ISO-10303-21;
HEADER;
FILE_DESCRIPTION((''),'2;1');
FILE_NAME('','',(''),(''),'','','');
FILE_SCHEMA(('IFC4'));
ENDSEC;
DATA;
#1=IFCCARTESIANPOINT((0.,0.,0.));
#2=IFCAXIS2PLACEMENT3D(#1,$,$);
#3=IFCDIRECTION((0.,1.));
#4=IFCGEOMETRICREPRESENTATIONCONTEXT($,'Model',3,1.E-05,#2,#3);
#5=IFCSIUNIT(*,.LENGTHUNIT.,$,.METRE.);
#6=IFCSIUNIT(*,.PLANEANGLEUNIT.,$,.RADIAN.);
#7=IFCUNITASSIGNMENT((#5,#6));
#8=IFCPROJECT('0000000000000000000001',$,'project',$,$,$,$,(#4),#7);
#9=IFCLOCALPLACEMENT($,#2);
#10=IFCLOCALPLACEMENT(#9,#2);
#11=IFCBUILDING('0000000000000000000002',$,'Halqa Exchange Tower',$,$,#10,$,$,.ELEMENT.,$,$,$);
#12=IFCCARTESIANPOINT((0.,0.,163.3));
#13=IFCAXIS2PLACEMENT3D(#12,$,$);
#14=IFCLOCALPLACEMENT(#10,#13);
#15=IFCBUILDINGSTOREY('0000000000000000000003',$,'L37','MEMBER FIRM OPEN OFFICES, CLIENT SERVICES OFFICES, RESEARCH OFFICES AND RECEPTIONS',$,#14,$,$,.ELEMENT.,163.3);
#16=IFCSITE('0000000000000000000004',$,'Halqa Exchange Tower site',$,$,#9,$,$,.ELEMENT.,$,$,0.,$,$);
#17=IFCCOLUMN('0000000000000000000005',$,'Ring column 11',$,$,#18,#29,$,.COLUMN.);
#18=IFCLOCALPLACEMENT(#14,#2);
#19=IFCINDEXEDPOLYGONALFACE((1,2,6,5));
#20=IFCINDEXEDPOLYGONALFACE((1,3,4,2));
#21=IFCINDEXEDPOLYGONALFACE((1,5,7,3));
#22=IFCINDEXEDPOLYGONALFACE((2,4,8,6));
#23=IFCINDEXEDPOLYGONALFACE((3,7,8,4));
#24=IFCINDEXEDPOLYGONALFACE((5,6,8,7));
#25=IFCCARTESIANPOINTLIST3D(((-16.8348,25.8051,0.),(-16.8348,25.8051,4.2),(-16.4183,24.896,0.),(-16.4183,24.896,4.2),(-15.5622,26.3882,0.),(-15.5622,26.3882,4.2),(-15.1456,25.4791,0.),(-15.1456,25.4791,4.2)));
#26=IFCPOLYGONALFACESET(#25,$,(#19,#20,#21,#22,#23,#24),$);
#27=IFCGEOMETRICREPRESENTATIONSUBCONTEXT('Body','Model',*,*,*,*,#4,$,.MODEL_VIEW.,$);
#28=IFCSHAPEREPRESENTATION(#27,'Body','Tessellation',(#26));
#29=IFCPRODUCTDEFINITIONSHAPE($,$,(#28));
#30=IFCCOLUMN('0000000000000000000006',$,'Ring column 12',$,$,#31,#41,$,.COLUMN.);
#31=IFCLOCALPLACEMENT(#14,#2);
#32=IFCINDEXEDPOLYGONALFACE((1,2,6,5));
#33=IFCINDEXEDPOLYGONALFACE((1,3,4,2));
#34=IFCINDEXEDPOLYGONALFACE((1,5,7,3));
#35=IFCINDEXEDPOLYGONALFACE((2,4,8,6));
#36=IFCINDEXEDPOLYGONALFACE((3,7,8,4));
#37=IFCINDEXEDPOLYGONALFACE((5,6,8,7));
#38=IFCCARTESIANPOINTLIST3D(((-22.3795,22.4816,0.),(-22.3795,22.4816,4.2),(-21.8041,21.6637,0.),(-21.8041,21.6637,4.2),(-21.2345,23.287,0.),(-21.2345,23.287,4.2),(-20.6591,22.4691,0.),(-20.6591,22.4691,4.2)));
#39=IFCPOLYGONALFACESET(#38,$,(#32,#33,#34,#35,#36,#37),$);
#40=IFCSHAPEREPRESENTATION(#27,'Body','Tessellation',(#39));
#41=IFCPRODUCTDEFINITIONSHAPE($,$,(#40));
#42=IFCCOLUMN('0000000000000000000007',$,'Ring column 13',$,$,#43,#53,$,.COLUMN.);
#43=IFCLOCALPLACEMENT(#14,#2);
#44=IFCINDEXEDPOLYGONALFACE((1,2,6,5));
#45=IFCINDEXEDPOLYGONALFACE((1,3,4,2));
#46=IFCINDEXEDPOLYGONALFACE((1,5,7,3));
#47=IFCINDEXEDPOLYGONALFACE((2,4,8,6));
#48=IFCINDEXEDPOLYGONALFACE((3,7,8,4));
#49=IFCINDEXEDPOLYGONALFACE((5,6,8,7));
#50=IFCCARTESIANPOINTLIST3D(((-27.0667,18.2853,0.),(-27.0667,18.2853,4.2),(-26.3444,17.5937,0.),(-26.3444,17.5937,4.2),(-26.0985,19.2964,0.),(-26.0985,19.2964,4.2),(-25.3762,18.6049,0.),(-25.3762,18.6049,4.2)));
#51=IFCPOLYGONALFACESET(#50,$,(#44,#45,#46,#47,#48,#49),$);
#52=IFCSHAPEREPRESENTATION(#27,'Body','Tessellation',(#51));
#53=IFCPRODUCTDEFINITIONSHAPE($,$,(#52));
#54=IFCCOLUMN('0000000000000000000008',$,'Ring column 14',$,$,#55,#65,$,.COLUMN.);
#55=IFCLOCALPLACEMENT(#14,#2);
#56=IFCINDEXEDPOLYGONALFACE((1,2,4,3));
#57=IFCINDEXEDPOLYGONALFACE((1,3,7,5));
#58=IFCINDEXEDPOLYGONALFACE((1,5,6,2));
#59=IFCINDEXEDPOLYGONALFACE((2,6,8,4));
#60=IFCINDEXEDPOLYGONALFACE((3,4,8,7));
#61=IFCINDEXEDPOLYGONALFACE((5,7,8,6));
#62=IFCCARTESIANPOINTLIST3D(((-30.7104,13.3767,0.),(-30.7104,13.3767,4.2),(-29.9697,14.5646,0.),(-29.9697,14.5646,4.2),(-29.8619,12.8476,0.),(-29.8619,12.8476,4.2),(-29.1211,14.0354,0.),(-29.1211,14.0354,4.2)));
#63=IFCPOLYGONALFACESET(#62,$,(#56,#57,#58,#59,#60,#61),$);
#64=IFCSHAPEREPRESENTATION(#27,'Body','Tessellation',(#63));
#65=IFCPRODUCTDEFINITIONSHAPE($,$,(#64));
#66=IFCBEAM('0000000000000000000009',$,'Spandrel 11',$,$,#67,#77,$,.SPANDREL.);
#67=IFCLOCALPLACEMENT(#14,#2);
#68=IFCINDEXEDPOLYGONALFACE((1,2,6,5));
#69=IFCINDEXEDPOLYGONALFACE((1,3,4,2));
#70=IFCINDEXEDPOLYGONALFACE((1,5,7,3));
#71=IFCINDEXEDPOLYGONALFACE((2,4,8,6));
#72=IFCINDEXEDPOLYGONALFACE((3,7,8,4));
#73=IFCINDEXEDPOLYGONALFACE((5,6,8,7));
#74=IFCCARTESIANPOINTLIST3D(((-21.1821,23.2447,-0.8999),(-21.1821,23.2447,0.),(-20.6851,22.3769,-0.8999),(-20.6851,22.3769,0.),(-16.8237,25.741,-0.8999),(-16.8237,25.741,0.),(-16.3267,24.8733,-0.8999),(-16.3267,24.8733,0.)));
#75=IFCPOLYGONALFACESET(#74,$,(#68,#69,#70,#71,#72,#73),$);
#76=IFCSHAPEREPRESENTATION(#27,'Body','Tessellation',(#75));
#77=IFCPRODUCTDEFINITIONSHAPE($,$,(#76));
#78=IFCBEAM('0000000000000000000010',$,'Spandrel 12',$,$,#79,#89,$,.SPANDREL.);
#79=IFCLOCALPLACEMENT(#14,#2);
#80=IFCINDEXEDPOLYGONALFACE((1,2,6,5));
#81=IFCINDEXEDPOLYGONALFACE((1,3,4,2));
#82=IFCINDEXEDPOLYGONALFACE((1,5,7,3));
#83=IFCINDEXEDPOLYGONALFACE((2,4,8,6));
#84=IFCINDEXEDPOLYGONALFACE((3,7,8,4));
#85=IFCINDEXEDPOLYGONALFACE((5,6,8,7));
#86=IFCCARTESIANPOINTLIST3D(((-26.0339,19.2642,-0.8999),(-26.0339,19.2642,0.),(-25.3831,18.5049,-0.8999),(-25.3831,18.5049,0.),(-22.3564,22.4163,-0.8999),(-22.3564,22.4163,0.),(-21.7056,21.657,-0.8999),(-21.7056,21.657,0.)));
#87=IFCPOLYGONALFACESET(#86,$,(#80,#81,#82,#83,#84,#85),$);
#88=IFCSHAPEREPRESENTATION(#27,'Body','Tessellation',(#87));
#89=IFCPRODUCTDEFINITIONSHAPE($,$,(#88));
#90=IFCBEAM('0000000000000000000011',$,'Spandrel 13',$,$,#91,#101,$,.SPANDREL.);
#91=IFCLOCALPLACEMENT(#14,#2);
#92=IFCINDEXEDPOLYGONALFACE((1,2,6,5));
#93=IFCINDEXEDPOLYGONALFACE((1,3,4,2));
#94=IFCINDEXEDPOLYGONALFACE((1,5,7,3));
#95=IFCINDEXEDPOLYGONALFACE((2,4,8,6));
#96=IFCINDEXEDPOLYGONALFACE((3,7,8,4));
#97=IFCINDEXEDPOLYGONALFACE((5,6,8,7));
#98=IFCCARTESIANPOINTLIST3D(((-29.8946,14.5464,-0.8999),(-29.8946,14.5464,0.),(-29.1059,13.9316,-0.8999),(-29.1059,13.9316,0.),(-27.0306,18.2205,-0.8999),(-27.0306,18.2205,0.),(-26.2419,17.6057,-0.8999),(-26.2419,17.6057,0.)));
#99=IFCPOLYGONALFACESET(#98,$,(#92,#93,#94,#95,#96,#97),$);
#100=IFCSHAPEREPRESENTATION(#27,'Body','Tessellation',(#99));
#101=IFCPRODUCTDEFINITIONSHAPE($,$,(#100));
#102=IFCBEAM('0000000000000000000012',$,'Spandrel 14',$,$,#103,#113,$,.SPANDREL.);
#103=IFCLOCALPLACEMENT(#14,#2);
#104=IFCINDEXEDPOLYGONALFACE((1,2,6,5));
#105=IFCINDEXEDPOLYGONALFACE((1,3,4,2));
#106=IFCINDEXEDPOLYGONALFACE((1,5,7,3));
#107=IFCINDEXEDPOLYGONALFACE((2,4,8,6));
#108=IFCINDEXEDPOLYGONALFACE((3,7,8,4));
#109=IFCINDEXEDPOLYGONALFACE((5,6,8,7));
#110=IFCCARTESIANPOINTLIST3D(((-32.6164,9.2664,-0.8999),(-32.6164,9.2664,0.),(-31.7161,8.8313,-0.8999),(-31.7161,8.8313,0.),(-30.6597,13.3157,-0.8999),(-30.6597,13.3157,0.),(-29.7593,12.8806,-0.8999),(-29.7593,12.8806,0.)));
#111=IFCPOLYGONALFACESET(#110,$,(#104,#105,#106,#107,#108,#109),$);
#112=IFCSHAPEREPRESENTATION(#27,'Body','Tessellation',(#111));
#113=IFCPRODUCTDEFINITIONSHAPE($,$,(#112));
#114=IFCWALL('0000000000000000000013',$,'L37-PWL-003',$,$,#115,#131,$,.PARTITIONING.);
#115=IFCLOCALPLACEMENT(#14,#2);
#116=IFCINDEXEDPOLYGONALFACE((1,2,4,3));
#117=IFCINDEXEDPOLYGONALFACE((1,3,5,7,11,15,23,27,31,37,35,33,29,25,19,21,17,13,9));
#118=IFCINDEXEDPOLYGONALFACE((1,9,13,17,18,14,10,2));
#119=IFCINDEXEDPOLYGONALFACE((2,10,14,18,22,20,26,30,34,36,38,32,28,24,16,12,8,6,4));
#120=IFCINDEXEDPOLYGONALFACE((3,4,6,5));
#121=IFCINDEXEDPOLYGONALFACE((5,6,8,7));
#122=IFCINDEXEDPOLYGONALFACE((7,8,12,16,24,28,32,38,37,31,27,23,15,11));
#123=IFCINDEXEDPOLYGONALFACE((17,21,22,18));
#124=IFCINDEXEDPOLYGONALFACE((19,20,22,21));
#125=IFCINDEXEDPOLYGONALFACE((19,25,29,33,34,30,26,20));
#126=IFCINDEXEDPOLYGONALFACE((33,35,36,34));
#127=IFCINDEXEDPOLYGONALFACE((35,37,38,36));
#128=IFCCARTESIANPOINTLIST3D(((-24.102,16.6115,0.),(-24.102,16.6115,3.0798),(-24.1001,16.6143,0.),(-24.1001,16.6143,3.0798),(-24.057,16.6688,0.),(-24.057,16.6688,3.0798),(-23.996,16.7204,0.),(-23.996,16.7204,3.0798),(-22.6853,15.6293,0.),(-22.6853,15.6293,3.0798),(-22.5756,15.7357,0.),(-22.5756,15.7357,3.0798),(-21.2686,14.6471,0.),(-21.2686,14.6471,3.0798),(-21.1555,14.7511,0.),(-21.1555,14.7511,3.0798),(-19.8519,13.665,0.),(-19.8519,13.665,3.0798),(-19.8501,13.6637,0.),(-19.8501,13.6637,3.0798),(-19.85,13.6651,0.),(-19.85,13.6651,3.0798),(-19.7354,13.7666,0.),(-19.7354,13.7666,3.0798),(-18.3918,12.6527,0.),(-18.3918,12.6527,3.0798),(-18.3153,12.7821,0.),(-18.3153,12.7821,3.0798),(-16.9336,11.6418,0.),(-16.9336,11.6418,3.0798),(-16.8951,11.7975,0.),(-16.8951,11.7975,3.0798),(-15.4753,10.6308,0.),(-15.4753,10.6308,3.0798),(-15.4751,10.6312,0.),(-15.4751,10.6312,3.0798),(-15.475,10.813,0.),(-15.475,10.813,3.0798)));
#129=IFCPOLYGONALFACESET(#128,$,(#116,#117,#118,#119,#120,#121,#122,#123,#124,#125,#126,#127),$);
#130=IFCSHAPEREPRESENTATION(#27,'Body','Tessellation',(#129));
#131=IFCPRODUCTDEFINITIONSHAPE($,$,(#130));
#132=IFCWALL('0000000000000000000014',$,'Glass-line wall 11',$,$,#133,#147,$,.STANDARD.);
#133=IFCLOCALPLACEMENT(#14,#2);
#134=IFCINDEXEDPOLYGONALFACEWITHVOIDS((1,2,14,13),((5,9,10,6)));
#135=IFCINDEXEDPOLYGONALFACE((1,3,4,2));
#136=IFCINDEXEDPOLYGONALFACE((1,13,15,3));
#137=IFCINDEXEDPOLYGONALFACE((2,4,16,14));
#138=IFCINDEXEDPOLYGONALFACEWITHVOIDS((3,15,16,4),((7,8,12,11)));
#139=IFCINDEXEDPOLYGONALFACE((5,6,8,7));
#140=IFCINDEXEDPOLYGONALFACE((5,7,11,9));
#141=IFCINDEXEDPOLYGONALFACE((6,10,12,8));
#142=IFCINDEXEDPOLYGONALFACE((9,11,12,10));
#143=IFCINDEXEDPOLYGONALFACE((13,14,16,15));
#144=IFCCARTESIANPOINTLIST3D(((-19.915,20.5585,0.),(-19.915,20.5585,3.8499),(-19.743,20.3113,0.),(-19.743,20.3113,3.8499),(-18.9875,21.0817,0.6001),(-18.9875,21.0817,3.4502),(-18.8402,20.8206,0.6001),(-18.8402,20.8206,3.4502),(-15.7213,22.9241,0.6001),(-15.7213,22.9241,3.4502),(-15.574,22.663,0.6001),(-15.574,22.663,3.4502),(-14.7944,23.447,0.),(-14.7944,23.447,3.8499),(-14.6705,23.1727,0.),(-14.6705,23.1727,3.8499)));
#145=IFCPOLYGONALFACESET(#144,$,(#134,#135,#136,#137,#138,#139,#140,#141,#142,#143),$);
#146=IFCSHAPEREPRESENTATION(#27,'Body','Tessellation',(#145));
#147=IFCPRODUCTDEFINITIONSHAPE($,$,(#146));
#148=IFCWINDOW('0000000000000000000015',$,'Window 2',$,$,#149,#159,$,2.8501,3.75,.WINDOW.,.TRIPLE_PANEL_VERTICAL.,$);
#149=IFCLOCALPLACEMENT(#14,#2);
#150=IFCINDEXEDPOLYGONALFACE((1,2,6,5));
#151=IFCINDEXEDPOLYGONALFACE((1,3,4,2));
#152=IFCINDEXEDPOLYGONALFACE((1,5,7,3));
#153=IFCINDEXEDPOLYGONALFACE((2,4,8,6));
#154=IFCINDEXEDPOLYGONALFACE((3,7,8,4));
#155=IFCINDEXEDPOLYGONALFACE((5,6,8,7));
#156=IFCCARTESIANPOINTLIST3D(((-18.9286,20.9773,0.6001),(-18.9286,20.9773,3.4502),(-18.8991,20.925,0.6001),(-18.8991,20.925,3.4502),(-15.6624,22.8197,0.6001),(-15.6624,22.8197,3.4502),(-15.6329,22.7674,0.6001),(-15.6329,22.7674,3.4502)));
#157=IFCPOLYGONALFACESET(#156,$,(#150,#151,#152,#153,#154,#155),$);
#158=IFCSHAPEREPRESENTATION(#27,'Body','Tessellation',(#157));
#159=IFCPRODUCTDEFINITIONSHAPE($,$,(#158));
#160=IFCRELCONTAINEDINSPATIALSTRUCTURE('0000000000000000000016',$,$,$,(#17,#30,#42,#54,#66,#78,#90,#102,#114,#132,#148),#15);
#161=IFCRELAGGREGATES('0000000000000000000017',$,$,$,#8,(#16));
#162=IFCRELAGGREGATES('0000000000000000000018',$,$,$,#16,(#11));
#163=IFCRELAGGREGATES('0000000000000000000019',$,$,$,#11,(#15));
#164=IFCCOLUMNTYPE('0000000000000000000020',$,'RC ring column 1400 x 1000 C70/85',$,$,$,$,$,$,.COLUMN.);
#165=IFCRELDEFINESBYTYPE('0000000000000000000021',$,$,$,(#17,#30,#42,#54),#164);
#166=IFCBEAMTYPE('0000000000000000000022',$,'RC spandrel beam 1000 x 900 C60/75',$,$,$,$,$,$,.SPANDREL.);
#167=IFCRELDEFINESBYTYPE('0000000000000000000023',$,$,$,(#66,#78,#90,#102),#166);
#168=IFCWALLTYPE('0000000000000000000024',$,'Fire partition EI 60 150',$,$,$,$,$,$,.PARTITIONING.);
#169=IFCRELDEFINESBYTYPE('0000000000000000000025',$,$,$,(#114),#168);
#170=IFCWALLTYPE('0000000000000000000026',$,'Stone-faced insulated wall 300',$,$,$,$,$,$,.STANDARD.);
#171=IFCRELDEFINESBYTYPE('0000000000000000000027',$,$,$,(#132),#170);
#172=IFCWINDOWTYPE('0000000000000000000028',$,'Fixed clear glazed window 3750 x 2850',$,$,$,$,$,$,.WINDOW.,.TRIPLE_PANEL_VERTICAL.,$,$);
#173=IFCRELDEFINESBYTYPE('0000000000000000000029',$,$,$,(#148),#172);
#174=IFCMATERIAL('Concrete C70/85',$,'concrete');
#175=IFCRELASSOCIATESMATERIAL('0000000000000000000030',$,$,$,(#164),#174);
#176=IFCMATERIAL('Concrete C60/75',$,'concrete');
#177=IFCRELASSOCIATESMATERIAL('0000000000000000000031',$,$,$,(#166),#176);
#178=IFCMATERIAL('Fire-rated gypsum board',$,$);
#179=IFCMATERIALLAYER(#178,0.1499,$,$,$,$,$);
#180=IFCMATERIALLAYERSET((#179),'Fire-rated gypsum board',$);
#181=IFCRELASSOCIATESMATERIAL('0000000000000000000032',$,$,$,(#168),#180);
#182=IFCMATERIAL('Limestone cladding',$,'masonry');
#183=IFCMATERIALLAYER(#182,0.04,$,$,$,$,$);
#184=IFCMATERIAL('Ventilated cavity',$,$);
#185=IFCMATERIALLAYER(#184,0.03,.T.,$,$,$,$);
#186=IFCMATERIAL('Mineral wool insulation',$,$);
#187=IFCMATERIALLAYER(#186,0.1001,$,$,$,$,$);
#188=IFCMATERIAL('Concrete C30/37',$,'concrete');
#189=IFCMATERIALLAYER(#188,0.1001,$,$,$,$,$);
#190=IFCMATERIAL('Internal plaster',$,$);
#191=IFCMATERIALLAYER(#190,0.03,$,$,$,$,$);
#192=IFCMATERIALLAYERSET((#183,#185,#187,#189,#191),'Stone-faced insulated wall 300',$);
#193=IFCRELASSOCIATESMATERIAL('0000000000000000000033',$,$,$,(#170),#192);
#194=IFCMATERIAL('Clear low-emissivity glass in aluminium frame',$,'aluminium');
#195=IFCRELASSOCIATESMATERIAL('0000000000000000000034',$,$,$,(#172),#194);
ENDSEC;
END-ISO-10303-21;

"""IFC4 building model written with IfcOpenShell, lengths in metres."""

from ifc_helpers import new_model, si_unit, direction, frame, frame_2d, origin, origin_2d, place, context, subcontext, project, spatial, polyline, rectangle, outline, extrude, material, layer, layer_set, material_profile, profile_set, type_object, element, fill, save


model = new_model("IFC4")

# Units and contexts
model_context = context("Model", 3, precision=1e-05, world=origin(), true_north=direction((0.0, 1.0)))
body_context = subcontext(model_context, "Body", "Model", "MODEL_VIEW")
ifc_project = project(units=[si_unit("LENGTHUNIT", "METRE"), si_unit("PLANEANGLEUNIT", "RADIAN")], contexts=[model_context])

# Site, building, storey
site_placement = place(None, origin())
site = spatial("IfcSite", under=ifc_project, at=site_placement, Name="Halqa Exchange Tower site", CompositionType="ELEMENT", RefElevation=0.0)
building_placement = place(site_placement, origin())
building = spatial("IfcBuilding", under=site, at=building_placement, Name="Halqa Exchange Tower", CompositionType="ELEMENT")
storey_placement = place(building_placement, frame((0.0, 0.0, 163.3)))
storey = spatial("IfcBuildingStorey", under=building, at=storey_placement, Name="L37", Description="MEMBER FIRM OPEN OFFICES, CLIENT SERVICES OFFICES, RESEARCH OFFICES AND RECEPTIONS", CompositionType="ELEMENT", Elevation=163.3)

# Columns
ifc_material_1 = material(Name="Concrete C70/85", Category="concrete")
ifc_material_profile_1 = material_profile(ifc_material_1, rectangle(XDim=1.3999, YDim=1.0, at=origin_2d()), Name="1400 x 1000")
ifc_profile_set_1 = profile_set([ifc_material_profile_1], Name="Concrete C70/85")
column_type = type_object("IfcColumnType", Name="RC ring column 1400 x 1000 C70/85", PredefinedType="COLUMN", material=ifc_profile_set_1)
for number, where, z_axis, x_axis, name in (
    (1, (-15.9902, 25.6421, 0.0), (0.0, 0.0, 1.0), (-0.909126, -0.41652, 0.0), "Ring column 11"),
    (2, (-21.5193, 22.4753, 0.0), (0.0, 0.0, 1.0), (-0.817911, -0.575345, 0.0), "Ring column 12"),
    (3, (-26.2214, 18.4451, 0.0), (0.0, 0.0, 1.0), (-0.691579, -0.722301, 0.0), "Ring column 13"),
    (4, (-29.9158, 13.7061, 0.0), (0.0, 0.0, 1.0), (-0.529143, -0.848532, 0.0), "Ring column 14"),
):
    element("IfcColumn", number, at=place(storey_placement, frame(where, z_axis=z_axis, x_axis=x_axis)), inside=storey, type_object=column_type, Name=name, PredefinedType="COLUMN", context=body_context, shape_type="SweptSolid", body=[
        extrude(rectangle(XDim=1.3999, YDim=1.0, at=origin_2d()), origin(), (0.0, 0.0, 1.0), 4.2),
    ])

# Beams
ifc_material_2 = material(Name="Concrete C60/75", Category="concrete")
ifc_material_profile_2 = material_profile(ifc_material_2, rectangle(XDim=1.0, YDim=0.8999, at=origin_2d()), Name="1000 x 900")
ifc_profile_set_2 = profile_set([ifc_material_profile_2], Name="Concrete C60/75")
beam_type = type_object("IfcBeamType", Name="RC spandrel beam 1000 x 900 C60/75", PredefinedType="SPANDREL", material=ifc_profile_set_2)
beam_1_placement = place(storey_placement, frame((-16.5752, 25.3071, -0.45), z_axis=(-0.867743, -0.497013, 0.0), x_axis=(0.497013, -0.867743, 0.0)))
element("IfcBeam", 5, at=beam_1_placement, inside=storey, type_object=beam_type, Name="Spandrel 11", PredefinedType="SPANDREL", context=body_context, shape_type="SweptSolid", body=[
    extrude(rectangle(XDim=1.0, YDim=0.8999, at=origin_2d()), origin(), (0.0, 0.0, 1.0), 5.0227),
])
beam_2_placement = place(storey_placement, frame((-22.031, 22.0366, -0.45), z_axis=(-0.75926, -0.650787, 0.0), x_axis=(0.650787, -0.75926, 0.0)))
element("IfcBeam", 6, at=beam_2_placement, inside=storey, type_object=beam_type, Name="Spandrel 12", PredefinedType="SPANDREL", context=body_context, shape_type="SweptSolid", body=[
    extrude(rectangle(XDim=1.0, YDim=0.8999, at=origin_2d()), origin(), (0.0, 0.0, 1.0), 4.8435),
])
beam_3_placement = place(storey_placement, frame((-26.6362, 17.9131, -0.45), z_axis=(-0.614797, -0.788686, 0.0), x_axis=(0.788686, -0.614797, 0.0)))
element("IfcBeam", 7, at=beam_3_placement, inside=storey, type_object=beam_type, Name="Spandrel 13", PredefinedType="SPANDREL", context=body_context, shape_type="SweptSolid", body=[
    extrude(rectangle(XDim=1.0, YDim=0.8999, at=origin_2d()), origin(), (0.0, 0.0, 1.0), 4.6584),
])
beam_4_placement = place(storey_placement, frame((-30.2095, 13.0981, -0.45), z_axis=(-0.4351, -0.900382, 0.0), x_axis=(0.900382, -0.4351, 0.0)))
element("IfcBeam", 8, at=beam_4_placement, inside=storey, type_object=beam_type, Name="Spandrel 14", PredefinedType="SPANDREL", context=body_context, shape_type="SweptSolid", body=[
    extrude(rectangle(XDim=1.0, YDim=0.8999, at=origin_2d()), origin(), (0.0, 0.0, 1.0), 4.4973),
])

# Wall
ifc_material_3 = material(Name="Fire-rated gypsum board")
ifc_layer_1 = layer(ifc_material_3, 0.1499)
ifc_layer_set_1 = layer_set([ifc_layer_1], Name="Fire-rated gypsum board")
wall_type_1 = type_object("IfcWallType", Name="Fire partition EI 60 150", PredefinedType="PARTITIONING", material=ifc_layer_set_1)
wall_1_placement = place(storey_placement, frame((-24.0593, 16.6731, 0.0), z_axis=(0.0, 0.0, 1.0), x_axis=(0.821819, -0.569749, 0.0)))
element("IfcWall", 9, at=wall_1_placement, inside=storey, type_object=wall_type_1, Name="L37-PWL-003", PredefinedType="PARTITIONING", context=body_context, shape_type="SweptSolid", body=[
    extrude(outline(polyline([(0.0, -0.075), (1.7239, -0.075), (3.4478, -0.075), (5.1716, -0.075), (5.1731, -0.0737), (5.1738, -0.075), (6.9482, -0.075), (8.7227, -0.075), (10.4971, -0.075), (10.4971, -0.0745), (10.3936, 0.075), (8.6655, 0.075), (6.9375, 0.075), (5.2095, 0.075), (3.4814, 0.075), (1.7534, 0.075), (0.0251, 0.075), (0.0044, -0.0022), (0.0, -0.0715), (0.0, -0.075)])), origin(), (0.0, 0.0, 1.0), 3.0798),
])

# Wall, opening, window
ifc_material_4 = material(Name="Limestone cladding", Category="masonry")
ifc_layer_2 = layer(ifc_material_4, 0.04)
ifc_material_5 = material(Name="Ventilated cavity")
ifc_layer_3 = layer(ifc_material_5, 0.03, ventilated=True)
ifc_material_6 = material(Name="Mineral wool insulation")
ifc_layer_4 = layer(ifc_material_6, 0.1001)
ifc_material_7 = material(Name="Concrete C30/37", Category="concrete")
ifc_layer_5 = layer(ifc_material_7, 0.1001)
ifc_material_8 = material(Name="Internal plaster")
ifc_layer_6 = layer(ifc_material_8, 0.03)
ifc_layer_set_2 = layer_set([ifc_layer_2, ifc_layer_3, ifc_layer_4, ifc_layer_5, ifc_layer_6], Name="Stone-faced insulated wall 300")
wall_type_2 = type_object("IfcWallType", Name="Stone-faced insulated wall 300", PredefinedType="STANDARD", material=ifc_layer_set_2)
wall_2_placement = place(storey_placement, frame((-14.7324, 23.3098, 0.0), z_axis=(0.0, 0.0, 1.0), x_axis=(-0.870982, -0.491315, 0.0)))
wall_2 = element("IfcWall", 10, at=wall_2_placement, inside=storey, type_object=wall_type_2, Name="Glass-line wall 11", PredefinedType="STANDARD", context=body_context, shape_type="SweptSolid", body=[
    extrude(outline(polyline([(-0.0134, -0.1499), (5.8657, -0.1499), (5.8374, 0.1499), (0.0134, 0.1499), (-0.0134, -0.1499)])), origin(), (0.0, 0.0, 1.0), 3.8499),
])
opening_1_placement = place(wall_2_placement, frame((1.0508, 0.0, 0.6001)))
opening_1 = element("IfcOpeningElement", 11, at=opening_1_placement, cuts=wall_2, PredefinedType="OPENING", context=body_context, shape_type="SweptSolid", body=[
    extrude(rectangle(XDim=3.75, YDim=2.8501, at=frame_2d((1.875, 1.425))), frame((0.0, 0.1621, 0.0), z_axis=(0.0, -1.0, 0.0), x_axis=(1.0, 0.0, 0.0)), (0.0, 0.0, 1.0), 0.324),
])
ifc_material_9 = material(Name="Clear low-emissivity glass in aluminium frame", Category="aluminium")
window_type = type_object("IfcWindowType", Name="Fixed clear glazed window 3750 x 2850", PartitioningType="TRIPLE_PANEL_VERTICAL", PredefinedType="WINDOW", material=ifc_material_9)
window_1_placement = place(opening_1_placement, origin())
window_1 = element("IfcWindow", 12, at=window_1_placement, inside=storey, type_object=window_type, Name="Window 2", OverallHeight=2.8501, OverallWidth=3.75, PartitioningType="TRIPLE_PANEL_VERTICAL", PredefinedType="WINDOW", context=body_context, shape_type="SweptSolid", body=[
    extrude(rectangle(XDim=3.75, YDim=2.8501, at=frame_2d((1.875, 1.425))), frame((0.0, 0.03, 0.0), z_axis=(0.0, -1.0, 0.0), x_axis=(1.0, 0.0, 0.0)), (0.0, 0.0, 1.0), 0.0601),
])
fill(opening_1, window_1)

save(model, "model.ifc")
